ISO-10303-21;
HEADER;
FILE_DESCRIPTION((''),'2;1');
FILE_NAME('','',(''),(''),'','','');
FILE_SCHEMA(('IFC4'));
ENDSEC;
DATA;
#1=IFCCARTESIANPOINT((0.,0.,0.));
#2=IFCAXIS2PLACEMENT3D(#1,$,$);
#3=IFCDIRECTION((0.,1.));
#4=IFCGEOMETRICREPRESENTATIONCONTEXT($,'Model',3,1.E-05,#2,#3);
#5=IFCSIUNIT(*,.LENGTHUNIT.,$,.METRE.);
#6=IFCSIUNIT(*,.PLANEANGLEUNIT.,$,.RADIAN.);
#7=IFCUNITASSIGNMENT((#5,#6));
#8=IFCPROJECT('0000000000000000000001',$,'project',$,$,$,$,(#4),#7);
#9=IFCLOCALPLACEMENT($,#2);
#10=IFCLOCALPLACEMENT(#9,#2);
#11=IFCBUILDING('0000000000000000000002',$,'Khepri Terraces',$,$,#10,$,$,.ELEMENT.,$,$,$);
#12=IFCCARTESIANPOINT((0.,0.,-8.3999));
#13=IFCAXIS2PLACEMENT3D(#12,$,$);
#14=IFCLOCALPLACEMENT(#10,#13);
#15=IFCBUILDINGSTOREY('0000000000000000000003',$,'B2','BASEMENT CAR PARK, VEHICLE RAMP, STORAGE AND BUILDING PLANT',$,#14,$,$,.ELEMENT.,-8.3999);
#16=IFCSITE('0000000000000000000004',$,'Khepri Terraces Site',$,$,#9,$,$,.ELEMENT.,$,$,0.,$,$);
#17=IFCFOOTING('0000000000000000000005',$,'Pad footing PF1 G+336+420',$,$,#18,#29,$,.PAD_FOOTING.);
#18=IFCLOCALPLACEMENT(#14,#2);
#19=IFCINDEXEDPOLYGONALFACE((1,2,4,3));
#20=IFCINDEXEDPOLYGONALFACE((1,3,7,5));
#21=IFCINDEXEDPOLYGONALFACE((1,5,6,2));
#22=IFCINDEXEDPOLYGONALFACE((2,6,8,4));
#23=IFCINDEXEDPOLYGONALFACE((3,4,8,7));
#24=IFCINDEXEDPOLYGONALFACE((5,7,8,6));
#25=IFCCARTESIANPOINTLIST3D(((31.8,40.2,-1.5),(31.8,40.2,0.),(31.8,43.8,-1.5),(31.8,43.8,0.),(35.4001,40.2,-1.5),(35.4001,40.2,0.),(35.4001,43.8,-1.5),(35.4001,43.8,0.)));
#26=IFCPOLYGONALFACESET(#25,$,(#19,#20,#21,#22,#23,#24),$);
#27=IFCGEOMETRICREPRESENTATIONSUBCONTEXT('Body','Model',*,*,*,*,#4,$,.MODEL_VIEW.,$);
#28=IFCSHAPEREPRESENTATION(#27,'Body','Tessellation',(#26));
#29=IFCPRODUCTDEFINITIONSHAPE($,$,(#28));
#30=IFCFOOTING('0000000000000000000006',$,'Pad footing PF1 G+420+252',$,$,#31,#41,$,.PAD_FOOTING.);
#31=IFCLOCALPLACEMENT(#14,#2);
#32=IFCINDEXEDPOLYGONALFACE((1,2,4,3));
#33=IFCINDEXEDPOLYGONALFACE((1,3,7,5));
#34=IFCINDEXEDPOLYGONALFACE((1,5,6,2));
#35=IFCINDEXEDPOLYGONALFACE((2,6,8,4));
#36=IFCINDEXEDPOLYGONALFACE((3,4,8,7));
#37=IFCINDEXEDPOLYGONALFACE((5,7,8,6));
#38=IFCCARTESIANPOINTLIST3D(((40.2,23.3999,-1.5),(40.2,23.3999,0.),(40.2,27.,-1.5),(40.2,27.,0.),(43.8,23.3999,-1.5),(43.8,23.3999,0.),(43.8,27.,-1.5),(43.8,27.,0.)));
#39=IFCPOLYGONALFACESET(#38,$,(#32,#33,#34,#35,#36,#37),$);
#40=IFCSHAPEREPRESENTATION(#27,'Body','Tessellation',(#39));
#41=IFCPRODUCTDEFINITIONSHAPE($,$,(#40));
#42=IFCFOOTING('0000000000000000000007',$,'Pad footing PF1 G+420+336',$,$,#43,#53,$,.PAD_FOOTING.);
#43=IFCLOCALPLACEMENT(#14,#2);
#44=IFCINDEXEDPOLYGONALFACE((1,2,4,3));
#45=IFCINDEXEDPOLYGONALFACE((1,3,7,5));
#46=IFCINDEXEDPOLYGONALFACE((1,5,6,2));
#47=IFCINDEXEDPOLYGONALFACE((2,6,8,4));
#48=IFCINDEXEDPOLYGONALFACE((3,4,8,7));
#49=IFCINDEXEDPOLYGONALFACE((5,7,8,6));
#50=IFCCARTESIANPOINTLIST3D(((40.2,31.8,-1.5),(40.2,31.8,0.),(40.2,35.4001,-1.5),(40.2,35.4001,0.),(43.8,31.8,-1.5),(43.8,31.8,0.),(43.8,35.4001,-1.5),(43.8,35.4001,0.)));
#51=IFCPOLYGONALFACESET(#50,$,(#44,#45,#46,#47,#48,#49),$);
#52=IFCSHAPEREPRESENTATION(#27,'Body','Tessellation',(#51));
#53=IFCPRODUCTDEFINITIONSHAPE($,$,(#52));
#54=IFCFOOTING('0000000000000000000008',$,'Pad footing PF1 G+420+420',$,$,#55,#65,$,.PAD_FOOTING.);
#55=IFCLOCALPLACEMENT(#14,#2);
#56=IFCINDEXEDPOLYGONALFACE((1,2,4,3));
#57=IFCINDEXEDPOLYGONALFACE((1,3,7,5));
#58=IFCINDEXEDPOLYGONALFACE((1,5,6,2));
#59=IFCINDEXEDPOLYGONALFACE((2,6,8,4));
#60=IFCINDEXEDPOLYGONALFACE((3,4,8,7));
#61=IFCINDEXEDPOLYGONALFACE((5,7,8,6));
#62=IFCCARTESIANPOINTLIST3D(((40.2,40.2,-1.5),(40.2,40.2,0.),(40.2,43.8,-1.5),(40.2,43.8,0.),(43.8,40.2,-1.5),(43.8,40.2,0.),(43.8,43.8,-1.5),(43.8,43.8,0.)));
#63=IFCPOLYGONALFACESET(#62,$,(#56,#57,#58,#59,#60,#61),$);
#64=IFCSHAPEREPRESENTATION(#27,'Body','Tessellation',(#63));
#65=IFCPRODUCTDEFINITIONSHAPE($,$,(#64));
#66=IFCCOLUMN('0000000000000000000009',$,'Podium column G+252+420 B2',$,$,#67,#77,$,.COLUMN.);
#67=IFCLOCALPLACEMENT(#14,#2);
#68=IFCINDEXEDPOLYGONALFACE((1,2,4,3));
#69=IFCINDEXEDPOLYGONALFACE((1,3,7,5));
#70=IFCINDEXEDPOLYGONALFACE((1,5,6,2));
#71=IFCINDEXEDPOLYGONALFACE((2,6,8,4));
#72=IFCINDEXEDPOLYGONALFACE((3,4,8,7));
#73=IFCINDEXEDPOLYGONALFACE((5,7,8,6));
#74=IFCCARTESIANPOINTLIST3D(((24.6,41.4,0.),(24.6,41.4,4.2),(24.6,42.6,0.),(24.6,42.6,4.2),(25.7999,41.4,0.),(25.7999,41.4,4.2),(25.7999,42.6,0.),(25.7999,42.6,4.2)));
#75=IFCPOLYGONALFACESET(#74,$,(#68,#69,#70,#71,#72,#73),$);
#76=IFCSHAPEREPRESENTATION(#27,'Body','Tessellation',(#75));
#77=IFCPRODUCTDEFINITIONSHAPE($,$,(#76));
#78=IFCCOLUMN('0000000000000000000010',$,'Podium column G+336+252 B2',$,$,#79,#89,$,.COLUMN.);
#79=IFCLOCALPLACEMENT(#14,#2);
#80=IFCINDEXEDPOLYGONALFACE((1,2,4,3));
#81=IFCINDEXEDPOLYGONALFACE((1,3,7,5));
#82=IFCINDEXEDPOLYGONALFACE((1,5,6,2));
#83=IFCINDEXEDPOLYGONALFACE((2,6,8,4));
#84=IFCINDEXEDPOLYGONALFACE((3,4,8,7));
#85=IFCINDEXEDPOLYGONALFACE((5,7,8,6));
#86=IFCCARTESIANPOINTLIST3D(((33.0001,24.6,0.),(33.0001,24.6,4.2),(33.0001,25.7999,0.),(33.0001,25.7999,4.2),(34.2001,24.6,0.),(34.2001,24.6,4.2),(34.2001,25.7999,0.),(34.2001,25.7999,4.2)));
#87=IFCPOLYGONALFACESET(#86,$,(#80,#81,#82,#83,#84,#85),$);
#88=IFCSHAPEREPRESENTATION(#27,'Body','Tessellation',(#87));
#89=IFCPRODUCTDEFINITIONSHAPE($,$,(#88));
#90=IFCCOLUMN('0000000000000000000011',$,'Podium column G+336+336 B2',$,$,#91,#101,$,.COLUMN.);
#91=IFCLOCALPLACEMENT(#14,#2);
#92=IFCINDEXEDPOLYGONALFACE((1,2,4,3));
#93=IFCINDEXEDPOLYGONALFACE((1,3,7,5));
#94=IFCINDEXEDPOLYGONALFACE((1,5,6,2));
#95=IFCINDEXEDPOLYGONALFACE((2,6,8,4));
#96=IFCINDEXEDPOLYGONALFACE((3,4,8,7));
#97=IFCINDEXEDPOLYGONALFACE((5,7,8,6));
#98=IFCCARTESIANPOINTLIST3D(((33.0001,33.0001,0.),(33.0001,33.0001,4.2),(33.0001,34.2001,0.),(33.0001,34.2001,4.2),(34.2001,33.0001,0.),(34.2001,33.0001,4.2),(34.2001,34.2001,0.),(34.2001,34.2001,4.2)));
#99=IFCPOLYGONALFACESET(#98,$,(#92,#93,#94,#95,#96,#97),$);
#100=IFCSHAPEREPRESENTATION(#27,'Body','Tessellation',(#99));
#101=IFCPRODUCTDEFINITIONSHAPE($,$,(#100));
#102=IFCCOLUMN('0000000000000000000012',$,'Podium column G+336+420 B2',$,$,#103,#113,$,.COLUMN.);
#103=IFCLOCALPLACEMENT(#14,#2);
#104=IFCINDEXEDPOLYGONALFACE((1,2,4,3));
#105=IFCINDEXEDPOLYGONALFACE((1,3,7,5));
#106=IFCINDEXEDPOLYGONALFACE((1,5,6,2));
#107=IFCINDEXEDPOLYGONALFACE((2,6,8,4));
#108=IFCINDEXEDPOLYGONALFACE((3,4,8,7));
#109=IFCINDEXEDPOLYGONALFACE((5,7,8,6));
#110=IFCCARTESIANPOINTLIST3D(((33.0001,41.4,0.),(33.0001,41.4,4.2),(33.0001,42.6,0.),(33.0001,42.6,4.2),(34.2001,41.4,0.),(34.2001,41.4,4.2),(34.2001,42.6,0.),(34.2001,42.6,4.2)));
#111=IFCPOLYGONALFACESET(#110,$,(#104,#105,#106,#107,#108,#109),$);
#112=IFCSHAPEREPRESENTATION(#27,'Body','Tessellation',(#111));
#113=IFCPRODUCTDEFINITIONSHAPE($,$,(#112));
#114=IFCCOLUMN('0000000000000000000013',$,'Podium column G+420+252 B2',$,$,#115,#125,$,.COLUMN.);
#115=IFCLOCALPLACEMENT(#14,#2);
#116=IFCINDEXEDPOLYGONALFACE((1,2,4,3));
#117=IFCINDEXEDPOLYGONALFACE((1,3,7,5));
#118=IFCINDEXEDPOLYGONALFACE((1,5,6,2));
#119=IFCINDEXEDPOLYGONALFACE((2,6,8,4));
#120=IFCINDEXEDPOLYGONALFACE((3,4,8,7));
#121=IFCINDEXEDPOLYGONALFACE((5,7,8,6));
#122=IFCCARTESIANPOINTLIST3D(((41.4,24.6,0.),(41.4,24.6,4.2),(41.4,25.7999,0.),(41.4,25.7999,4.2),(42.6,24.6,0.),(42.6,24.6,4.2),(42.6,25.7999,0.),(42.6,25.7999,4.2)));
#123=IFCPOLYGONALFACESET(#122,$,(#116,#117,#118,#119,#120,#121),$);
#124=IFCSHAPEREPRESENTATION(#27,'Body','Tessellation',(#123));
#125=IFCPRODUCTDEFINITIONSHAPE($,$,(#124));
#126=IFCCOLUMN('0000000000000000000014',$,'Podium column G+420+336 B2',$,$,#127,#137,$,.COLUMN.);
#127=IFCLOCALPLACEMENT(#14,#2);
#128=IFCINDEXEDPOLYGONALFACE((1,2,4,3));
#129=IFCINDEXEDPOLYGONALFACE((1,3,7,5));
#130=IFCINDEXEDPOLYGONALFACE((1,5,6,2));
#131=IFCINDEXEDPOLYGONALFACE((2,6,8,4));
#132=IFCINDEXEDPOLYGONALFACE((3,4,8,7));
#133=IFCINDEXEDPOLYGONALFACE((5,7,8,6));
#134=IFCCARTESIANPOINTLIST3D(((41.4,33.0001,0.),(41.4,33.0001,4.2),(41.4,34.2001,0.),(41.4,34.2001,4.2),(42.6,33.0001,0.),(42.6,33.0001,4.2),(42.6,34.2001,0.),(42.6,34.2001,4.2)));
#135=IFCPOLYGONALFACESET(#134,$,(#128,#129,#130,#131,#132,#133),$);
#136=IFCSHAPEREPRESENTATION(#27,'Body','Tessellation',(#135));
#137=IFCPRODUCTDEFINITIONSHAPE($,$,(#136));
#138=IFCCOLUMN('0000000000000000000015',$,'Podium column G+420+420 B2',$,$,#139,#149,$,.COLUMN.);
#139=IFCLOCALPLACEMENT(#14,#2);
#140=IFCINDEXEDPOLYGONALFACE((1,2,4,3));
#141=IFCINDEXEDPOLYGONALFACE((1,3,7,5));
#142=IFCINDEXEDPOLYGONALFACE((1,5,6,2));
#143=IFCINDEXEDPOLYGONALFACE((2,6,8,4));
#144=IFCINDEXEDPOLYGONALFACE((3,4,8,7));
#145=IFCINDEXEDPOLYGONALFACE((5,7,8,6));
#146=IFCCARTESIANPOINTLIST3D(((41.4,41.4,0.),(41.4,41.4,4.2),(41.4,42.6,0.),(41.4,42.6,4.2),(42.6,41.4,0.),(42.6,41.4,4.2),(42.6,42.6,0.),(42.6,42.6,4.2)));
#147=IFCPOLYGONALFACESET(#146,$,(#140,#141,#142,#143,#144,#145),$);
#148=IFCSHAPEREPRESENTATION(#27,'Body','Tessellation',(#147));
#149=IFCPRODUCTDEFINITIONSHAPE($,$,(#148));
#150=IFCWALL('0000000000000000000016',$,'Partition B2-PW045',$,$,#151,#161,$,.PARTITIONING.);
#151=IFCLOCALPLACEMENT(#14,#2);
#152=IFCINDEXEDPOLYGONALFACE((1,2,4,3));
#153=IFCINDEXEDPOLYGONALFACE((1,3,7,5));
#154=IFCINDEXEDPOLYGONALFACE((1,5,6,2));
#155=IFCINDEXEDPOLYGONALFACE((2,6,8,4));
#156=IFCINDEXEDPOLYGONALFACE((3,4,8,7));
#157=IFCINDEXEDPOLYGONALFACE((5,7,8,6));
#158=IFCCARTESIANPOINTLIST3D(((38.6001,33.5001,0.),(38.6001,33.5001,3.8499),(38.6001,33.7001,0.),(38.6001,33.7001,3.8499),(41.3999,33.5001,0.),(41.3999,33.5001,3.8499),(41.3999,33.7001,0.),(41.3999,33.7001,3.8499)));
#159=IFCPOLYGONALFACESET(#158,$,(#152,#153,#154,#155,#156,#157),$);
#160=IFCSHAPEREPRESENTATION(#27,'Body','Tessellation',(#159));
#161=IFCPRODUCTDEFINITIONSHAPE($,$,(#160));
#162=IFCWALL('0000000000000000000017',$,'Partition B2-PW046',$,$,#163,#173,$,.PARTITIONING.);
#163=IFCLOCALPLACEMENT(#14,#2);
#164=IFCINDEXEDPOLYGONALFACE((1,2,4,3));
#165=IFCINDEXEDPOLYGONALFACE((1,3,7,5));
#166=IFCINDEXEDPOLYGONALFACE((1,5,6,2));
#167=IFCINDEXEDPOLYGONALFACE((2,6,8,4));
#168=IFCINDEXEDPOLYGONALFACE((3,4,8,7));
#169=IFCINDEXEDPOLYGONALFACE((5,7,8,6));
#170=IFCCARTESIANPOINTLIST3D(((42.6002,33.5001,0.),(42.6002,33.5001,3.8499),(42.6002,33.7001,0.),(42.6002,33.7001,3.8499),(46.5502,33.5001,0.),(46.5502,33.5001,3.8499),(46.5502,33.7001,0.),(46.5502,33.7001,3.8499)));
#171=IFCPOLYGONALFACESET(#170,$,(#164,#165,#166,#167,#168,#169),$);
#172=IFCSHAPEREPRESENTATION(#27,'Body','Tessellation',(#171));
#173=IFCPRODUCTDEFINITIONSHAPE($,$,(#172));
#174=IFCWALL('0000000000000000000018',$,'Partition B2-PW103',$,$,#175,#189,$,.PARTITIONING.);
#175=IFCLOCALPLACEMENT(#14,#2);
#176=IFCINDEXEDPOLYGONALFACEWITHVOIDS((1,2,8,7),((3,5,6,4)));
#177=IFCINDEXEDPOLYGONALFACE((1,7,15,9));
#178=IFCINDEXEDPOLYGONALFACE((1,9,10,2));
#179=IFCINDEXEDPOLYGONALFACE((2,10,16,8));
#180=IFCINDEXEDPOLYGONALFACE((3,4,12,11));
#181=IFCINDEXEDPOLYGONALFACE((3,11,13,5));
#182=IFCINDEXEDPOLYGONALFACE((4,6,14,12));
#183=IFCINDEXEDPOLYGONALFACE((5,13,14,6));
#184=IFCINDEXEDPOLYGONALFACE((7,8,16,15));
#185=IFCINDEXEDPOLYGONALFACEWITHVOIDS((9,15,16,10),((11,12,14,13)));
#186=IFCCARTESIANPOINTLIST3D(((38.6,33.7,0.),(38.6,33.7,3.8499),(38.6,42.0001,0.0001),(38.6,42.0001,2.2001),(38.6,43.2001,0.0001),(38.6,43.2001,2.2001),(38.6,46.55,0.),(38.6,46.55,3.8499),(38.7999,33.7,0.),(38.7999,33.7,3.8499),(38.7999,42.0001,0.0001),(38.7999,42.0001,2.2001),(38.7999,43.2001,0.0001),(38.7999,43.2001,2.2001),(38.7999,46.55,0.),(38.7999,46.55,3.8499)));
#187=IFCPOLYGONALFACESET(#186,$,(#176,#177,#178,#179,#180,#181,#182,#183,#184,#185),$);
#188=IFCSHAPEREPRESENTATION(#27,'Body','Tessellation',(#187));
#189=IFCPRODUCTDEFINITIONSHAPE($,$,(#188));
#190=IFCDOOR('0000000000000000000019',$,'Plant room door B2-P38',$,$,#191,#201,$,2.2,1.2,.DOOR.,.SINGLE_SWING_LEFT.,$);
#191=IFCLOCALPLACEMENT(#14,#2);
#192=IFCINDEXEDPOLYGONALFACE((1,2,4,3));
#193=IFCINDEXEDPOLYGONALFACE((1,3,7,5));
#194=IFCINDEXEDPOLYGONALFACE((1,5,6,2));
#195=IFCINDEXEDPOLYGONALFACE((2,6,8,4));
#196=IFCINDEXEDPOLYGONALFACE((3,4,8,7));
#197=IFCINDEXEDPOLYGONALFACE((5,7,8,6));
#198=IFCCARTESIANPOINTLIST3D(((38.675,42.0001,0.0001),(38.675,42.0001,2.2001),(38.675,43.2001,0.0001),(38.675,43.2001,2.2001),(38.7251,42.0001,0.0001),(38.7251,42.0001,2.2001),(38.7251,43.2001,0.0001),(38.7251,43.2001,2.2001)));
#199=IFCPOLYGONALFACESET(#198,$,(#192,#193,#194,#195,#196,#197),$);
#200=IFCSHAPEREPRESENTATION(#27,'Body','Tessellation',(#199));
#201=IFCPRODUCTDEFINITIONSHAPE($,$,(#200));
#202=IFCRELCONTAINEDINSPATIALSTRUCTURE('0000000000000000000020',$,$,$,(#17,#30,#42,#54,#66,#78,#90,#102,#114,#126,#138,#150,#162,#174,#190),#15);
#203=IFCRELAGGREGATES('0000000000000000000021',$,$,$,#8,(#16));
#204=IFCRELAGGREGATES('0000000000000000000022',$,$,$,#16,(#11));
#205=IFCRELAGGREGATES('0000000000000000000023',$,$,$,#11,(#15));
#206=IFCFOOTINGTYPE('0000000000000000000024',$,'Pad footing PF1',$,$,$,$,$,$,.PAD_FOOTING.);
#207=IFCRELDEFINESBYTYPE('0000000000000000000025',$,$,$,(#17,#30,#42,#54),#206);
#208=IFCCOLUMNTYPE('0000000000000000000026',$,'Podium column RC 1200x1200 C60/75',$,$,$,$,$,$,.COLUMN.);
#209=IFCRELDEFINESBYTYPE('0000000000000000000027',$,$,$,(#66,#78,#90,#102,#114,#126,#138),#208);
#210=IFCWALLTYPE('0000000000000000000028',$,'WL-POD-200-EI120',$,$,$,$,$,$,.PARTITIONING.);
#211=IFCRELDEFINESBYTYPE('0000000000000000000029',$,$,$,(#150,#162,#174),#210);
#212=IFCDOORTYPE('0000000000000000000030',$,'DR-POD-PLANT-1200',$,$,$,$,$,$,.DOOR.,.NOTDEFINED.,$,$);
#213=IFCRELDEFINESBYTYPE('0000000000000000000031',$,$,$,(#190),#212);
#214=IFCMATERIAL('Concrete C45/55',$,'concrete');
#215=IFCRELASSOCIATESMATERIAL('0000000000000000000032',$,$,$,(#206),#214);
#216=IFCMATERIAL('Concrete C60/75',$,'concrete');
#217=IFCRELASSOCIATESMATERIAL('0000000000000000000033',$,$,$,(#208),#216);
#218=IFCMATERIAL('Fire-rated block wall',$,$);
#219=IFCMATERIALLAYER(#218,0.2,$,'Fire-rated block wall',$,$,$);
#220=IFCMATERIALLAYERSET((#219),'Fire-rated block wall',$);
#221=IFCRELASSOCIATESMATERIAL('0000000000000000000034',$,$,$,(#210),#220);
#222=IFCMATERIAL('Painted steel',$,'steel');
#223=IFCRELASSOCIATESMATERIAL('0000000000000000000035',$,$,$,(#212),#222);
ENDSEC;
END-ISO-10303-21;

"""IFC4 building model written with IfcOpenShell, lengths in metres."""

from ifc_helpers import new_model, si_unit, direction, frame, frame_2d, origin, origin_2d, place, context, subcontext, project, spatial, rectangle, extrude, material, layer, layer_set, material_profile, profile_set, type_object, element, fill, save


model = new_model("IFC4")

# Units and contexts
model_context = context("Model", 3, precision=1e-05, world=origin(), true_north=direction((0.0, 1.0)))
body_context = subcontext(model_context, "Body", "Model", "MODEL_VIEW")
ifc_project = project(units=[si_unit("LENGTHUNIT", "METRE"), si_unit("PLANEANGLEUNIT", "RADIAN")], contexts=[model_context])

# Site, building, storey
site_placement = place(None, origin())
site = spatial("IfcSite", under=ifc_project, at=site_placement, Name="Khepri Terraces Site", CompositionType="ELEMENT", RefElevation=0.0)
building_placement = place(site_placement, origin())
building = spatial("IfcBuilding", under=site, at=building_placement, Name="Khepri Terraces", CompositionType="ELEMENT")
storey_placement = place(building_placement, frame((0.0, 0.0, -8.3999)))
storey = spatial("IfcBuildingStorey", under=building, at=storey_placement, Name="B2", Description="BASEMENT CAR PARK, VEHICLE RAMP, STORAGE AND BUILDING PLANT", CompositionType="ELEMENT", Elevation=-8.3999)

# Footings
ifc_material_1 = material(Name="Concrete C45/55", Category="concrete")
footing_type = type_object("IfcFootingType", Name="Pad footing PF1", PredefinedType="PAD_FOOTING", material=ifc_material_1)
for number, where, z_axis, x_axis, name in (
    (1, (33.6001, 42.0, -1.5), (0.0, 0.0, 1.0), (1.0, 0.0, 0.0), "Pad footing PF1 G+336+420"),
    (2, (42.0, 25.2, -1.5), (0.0, 0.0, 1.0), (1.0, 0.0, 0.0), "Pad footing PF1 G+420+252"),
    (3, (42.0, 33.6001, -1.5), (0.0, 0.0, 1.0), (1.0, 0.0, 0.0), "Pad footing PF1 G+420+336"),
    (4, (42.0, 42.0, -1.5), (0.0, 0.0, 1.0), (1.0, 0.0, 0.0), "Pad footing PF1 G+420+420"),
):
    element("IfcFooting", number, at=place(storey_placement, frame(where, z_axis=z_axis, x_axis=x_axis)), inside=storey, type_object=footing_type, Name=name, PredefinedType="PAD_FOOTING", context=body_context, shape_type="SweptSolid", body=[
        extrude(rectangle(XDim=3.6001, YDim=3.6001, at=origin_2d()), origin(), (0.0, 0.0, 1.0), 1.5),
    ])

# Columns
ifc_material_2 = material(Name="Concrete C60/75", Category="concrete")
ifc_material_profile_1 = material_profile(ifc_material_2, rectangle(XDim=1.2, YDim=1.2, at=origin_2d()), Name="Concrete C60/75", Category="concrete")
ifc_profile_set_1 = profile_set([ifc_material_profile_1], Name="Concrete C60/75")
column_type = type_object("IfcColumnType", Name="Podium column RC 1200x1200 C60/75", PredefinedType="COLUMN", material=ifc_profile_set_1)
for number, where, z_axis, x_axis, name in (
    (5, (25.2, 42.0, 0.0), (0.0, 0.0, 1.0), (1.0, 0.0, 0.0), "Podium column G+252+420 B2"),
    (6, (33.6001, 25.2, 0.0), (0.0, 0.0, 1.0), (1.0, 0.0, 0.0), "Podium column G+336+252 B2"),
    (7, (33.6001, 33.6001, 0.0), (0.0, 0.0, 1.0), (1.0, 0.0, 0.0), "Podium column G+336+336 B2"),
    (8, (33.6001, 42.0, 0.0), (0.0, 0.0, 1.0), (1.0, 0.0, 0.0), "Podium column G+336+420 B2"),
    (9, (42.0, 25.2, 0.0), (0.0, 0.0, 1.0), (1.0, 0.0, 0.0), "Podium column G+420+252 B2"),
    (10, (42.0, 33.6001, 0.0), (0.0, 0.0, 1.0), (1.0, 0.0, 0.0), "Podium column G+420+336 B2"),
    (11, (42.0, 42.0, 0.0), (0.0, 0.0, 1.0), (1.0, 0.0, 0.0), "Podium column G+420+420 B2"),
):
    element("IfcColumn", number, at=place(storey_placement, frame(where, z_axis=z_axis, x_axis=x_axis)), inside=storey, type_object=column_type, Name=name, PredefinedType="COLUMN", context=body_context, shape_type="SweptSolid", body=[
        extrude(rectangle(XDim=1.2, YDim=1.2, at=origin_2d()), origin(), (0.0, 0.0, 1.0), 4.2),
    ])

# Walls
ifc_material_3 = material(Name="Fire-rated block wall")
ifc_layer = layer(ifc_material_3, 0.2, Name="Fire-rated block wall")
ifc_layer_set = layer_set([ifc_layer], Name="Fire-rated block wall")
wall_type = type_object("IfcWallType", Name="WL-POD-200-EI120", PredefinedType="PARTITIONING", material=ifc_layer_set)
wall_1_placement = place(storey_placement, frame((38.6001, 33.6001, 0.0), z_axis=(0.0, 0.0, 1.0), x_axis=(1.0, 0.0, 0.0)))
element("IfcWall", 12, at=wall_1_placement, inside=storey, type_object=wall_type, Name="Partition B2-PW045", PredefinedType="PARTITIONING", context=body_context, shape_type="SweptSolid", body=[
    extrude(rectangle(XDim=2.7998, YDim=0.2, at=frame_2d((1.3999, 0.0))), origin(), (0.0, 0.0, 1.0), 3.8499),
])
wall_2_placement = place(storey_placement, frame((42.6001, 33.6001, 0.0), z_axis=(0.0, 0.0, 1.0), x_axis=(1.0, 0.0, 0.0)))
element("IfcWall", 13, at=wall_2_placement, inside=storey, type_object=wall_type, Name="Partition B2-PW046", PredefinedType="PARTITIONING", context=body_context, shape_type="SweptSolid", body=[
    extrude(rectangle(XDim=3.95, YDim=0.2, at=frame_2d((1.9751, 0.0))), origin(), (0.0, 0.0, 1.0), 3.8499),
])

# Wall, opening, door
wall_3_placement = place(storey_placement, frame((38.7, 33.7, 0.0), z_axis=(0.0, 0.0, 1.0), x_axis=(0.0, 1.0, 0.0)))
wall_3 = element("IfcWall", 14, at=wall_3_placement, inside=storey, type_object=wall_type, Name="Partition B2-PW103", PredefinedType="PARTITIONING", context=body_context, shape_type="SweptSolid", body=[
    extrude(rectangle(XDim=12.8501, YDim=0.2, at=frame_2d((6.425, 0.0))), origin(), (0.0, 0.0, 1.0), 3.8499),
])
opening_placement = place(wall_3_placement, frame((8.3, 0.0, 0.0)))
opening = element("IfcOpeningElement", 15, at=opening_placement, cuts=wall_3, PredefinedType="OPENING", context=body_context, shape_type="SweptSolid", body=[
    extrude(rectangle(XDim=1.2, YDim=2.2, at=frame_2d((0.6001, 1.1001))), frame((0.0, 0.1099, 0.0), z_axis=(0.0, -1.0, 0.0), x_axis=(1.0, 0.0, 0.0)), (0.0, 0.0, 1.0), 0.22),
])
ifc_material_4 = material(Name="Painted steel", Category="steel")
door_type = type_object("IfcDoorType", Name="DR-POD-PLANT-1200", OperationType="NOTDEFINED", PredefinedType="DOOR", material=ifc_material_4)
door_placement = place(opening_placement, origin())
door = element("IfcDoor", 16, at=door_placement, inside=storey, type_object=door_type, Name="Plant room door B2-P38", OperationType="SINGLE_SWING_LEFT", OverallHeight=2.2, OverallWidth=1.2, PredefinedType="DOOR", context=body_context, shape_type="SweptSolid", body=[
    extrude(rectangle(XDim=1.2, YDim=2.2, at=frame_2d((0.6001, 1.1001))), frame((0.0, 0.0249, 0.0), z_axis=(0.0, -1.0, 0.0), x_axis=(1.0, 0.0, 0.0)), (0.0, 0.0, 1.0), 0.05),
])
fill(opening, door)

save(model, "model.ifc")
